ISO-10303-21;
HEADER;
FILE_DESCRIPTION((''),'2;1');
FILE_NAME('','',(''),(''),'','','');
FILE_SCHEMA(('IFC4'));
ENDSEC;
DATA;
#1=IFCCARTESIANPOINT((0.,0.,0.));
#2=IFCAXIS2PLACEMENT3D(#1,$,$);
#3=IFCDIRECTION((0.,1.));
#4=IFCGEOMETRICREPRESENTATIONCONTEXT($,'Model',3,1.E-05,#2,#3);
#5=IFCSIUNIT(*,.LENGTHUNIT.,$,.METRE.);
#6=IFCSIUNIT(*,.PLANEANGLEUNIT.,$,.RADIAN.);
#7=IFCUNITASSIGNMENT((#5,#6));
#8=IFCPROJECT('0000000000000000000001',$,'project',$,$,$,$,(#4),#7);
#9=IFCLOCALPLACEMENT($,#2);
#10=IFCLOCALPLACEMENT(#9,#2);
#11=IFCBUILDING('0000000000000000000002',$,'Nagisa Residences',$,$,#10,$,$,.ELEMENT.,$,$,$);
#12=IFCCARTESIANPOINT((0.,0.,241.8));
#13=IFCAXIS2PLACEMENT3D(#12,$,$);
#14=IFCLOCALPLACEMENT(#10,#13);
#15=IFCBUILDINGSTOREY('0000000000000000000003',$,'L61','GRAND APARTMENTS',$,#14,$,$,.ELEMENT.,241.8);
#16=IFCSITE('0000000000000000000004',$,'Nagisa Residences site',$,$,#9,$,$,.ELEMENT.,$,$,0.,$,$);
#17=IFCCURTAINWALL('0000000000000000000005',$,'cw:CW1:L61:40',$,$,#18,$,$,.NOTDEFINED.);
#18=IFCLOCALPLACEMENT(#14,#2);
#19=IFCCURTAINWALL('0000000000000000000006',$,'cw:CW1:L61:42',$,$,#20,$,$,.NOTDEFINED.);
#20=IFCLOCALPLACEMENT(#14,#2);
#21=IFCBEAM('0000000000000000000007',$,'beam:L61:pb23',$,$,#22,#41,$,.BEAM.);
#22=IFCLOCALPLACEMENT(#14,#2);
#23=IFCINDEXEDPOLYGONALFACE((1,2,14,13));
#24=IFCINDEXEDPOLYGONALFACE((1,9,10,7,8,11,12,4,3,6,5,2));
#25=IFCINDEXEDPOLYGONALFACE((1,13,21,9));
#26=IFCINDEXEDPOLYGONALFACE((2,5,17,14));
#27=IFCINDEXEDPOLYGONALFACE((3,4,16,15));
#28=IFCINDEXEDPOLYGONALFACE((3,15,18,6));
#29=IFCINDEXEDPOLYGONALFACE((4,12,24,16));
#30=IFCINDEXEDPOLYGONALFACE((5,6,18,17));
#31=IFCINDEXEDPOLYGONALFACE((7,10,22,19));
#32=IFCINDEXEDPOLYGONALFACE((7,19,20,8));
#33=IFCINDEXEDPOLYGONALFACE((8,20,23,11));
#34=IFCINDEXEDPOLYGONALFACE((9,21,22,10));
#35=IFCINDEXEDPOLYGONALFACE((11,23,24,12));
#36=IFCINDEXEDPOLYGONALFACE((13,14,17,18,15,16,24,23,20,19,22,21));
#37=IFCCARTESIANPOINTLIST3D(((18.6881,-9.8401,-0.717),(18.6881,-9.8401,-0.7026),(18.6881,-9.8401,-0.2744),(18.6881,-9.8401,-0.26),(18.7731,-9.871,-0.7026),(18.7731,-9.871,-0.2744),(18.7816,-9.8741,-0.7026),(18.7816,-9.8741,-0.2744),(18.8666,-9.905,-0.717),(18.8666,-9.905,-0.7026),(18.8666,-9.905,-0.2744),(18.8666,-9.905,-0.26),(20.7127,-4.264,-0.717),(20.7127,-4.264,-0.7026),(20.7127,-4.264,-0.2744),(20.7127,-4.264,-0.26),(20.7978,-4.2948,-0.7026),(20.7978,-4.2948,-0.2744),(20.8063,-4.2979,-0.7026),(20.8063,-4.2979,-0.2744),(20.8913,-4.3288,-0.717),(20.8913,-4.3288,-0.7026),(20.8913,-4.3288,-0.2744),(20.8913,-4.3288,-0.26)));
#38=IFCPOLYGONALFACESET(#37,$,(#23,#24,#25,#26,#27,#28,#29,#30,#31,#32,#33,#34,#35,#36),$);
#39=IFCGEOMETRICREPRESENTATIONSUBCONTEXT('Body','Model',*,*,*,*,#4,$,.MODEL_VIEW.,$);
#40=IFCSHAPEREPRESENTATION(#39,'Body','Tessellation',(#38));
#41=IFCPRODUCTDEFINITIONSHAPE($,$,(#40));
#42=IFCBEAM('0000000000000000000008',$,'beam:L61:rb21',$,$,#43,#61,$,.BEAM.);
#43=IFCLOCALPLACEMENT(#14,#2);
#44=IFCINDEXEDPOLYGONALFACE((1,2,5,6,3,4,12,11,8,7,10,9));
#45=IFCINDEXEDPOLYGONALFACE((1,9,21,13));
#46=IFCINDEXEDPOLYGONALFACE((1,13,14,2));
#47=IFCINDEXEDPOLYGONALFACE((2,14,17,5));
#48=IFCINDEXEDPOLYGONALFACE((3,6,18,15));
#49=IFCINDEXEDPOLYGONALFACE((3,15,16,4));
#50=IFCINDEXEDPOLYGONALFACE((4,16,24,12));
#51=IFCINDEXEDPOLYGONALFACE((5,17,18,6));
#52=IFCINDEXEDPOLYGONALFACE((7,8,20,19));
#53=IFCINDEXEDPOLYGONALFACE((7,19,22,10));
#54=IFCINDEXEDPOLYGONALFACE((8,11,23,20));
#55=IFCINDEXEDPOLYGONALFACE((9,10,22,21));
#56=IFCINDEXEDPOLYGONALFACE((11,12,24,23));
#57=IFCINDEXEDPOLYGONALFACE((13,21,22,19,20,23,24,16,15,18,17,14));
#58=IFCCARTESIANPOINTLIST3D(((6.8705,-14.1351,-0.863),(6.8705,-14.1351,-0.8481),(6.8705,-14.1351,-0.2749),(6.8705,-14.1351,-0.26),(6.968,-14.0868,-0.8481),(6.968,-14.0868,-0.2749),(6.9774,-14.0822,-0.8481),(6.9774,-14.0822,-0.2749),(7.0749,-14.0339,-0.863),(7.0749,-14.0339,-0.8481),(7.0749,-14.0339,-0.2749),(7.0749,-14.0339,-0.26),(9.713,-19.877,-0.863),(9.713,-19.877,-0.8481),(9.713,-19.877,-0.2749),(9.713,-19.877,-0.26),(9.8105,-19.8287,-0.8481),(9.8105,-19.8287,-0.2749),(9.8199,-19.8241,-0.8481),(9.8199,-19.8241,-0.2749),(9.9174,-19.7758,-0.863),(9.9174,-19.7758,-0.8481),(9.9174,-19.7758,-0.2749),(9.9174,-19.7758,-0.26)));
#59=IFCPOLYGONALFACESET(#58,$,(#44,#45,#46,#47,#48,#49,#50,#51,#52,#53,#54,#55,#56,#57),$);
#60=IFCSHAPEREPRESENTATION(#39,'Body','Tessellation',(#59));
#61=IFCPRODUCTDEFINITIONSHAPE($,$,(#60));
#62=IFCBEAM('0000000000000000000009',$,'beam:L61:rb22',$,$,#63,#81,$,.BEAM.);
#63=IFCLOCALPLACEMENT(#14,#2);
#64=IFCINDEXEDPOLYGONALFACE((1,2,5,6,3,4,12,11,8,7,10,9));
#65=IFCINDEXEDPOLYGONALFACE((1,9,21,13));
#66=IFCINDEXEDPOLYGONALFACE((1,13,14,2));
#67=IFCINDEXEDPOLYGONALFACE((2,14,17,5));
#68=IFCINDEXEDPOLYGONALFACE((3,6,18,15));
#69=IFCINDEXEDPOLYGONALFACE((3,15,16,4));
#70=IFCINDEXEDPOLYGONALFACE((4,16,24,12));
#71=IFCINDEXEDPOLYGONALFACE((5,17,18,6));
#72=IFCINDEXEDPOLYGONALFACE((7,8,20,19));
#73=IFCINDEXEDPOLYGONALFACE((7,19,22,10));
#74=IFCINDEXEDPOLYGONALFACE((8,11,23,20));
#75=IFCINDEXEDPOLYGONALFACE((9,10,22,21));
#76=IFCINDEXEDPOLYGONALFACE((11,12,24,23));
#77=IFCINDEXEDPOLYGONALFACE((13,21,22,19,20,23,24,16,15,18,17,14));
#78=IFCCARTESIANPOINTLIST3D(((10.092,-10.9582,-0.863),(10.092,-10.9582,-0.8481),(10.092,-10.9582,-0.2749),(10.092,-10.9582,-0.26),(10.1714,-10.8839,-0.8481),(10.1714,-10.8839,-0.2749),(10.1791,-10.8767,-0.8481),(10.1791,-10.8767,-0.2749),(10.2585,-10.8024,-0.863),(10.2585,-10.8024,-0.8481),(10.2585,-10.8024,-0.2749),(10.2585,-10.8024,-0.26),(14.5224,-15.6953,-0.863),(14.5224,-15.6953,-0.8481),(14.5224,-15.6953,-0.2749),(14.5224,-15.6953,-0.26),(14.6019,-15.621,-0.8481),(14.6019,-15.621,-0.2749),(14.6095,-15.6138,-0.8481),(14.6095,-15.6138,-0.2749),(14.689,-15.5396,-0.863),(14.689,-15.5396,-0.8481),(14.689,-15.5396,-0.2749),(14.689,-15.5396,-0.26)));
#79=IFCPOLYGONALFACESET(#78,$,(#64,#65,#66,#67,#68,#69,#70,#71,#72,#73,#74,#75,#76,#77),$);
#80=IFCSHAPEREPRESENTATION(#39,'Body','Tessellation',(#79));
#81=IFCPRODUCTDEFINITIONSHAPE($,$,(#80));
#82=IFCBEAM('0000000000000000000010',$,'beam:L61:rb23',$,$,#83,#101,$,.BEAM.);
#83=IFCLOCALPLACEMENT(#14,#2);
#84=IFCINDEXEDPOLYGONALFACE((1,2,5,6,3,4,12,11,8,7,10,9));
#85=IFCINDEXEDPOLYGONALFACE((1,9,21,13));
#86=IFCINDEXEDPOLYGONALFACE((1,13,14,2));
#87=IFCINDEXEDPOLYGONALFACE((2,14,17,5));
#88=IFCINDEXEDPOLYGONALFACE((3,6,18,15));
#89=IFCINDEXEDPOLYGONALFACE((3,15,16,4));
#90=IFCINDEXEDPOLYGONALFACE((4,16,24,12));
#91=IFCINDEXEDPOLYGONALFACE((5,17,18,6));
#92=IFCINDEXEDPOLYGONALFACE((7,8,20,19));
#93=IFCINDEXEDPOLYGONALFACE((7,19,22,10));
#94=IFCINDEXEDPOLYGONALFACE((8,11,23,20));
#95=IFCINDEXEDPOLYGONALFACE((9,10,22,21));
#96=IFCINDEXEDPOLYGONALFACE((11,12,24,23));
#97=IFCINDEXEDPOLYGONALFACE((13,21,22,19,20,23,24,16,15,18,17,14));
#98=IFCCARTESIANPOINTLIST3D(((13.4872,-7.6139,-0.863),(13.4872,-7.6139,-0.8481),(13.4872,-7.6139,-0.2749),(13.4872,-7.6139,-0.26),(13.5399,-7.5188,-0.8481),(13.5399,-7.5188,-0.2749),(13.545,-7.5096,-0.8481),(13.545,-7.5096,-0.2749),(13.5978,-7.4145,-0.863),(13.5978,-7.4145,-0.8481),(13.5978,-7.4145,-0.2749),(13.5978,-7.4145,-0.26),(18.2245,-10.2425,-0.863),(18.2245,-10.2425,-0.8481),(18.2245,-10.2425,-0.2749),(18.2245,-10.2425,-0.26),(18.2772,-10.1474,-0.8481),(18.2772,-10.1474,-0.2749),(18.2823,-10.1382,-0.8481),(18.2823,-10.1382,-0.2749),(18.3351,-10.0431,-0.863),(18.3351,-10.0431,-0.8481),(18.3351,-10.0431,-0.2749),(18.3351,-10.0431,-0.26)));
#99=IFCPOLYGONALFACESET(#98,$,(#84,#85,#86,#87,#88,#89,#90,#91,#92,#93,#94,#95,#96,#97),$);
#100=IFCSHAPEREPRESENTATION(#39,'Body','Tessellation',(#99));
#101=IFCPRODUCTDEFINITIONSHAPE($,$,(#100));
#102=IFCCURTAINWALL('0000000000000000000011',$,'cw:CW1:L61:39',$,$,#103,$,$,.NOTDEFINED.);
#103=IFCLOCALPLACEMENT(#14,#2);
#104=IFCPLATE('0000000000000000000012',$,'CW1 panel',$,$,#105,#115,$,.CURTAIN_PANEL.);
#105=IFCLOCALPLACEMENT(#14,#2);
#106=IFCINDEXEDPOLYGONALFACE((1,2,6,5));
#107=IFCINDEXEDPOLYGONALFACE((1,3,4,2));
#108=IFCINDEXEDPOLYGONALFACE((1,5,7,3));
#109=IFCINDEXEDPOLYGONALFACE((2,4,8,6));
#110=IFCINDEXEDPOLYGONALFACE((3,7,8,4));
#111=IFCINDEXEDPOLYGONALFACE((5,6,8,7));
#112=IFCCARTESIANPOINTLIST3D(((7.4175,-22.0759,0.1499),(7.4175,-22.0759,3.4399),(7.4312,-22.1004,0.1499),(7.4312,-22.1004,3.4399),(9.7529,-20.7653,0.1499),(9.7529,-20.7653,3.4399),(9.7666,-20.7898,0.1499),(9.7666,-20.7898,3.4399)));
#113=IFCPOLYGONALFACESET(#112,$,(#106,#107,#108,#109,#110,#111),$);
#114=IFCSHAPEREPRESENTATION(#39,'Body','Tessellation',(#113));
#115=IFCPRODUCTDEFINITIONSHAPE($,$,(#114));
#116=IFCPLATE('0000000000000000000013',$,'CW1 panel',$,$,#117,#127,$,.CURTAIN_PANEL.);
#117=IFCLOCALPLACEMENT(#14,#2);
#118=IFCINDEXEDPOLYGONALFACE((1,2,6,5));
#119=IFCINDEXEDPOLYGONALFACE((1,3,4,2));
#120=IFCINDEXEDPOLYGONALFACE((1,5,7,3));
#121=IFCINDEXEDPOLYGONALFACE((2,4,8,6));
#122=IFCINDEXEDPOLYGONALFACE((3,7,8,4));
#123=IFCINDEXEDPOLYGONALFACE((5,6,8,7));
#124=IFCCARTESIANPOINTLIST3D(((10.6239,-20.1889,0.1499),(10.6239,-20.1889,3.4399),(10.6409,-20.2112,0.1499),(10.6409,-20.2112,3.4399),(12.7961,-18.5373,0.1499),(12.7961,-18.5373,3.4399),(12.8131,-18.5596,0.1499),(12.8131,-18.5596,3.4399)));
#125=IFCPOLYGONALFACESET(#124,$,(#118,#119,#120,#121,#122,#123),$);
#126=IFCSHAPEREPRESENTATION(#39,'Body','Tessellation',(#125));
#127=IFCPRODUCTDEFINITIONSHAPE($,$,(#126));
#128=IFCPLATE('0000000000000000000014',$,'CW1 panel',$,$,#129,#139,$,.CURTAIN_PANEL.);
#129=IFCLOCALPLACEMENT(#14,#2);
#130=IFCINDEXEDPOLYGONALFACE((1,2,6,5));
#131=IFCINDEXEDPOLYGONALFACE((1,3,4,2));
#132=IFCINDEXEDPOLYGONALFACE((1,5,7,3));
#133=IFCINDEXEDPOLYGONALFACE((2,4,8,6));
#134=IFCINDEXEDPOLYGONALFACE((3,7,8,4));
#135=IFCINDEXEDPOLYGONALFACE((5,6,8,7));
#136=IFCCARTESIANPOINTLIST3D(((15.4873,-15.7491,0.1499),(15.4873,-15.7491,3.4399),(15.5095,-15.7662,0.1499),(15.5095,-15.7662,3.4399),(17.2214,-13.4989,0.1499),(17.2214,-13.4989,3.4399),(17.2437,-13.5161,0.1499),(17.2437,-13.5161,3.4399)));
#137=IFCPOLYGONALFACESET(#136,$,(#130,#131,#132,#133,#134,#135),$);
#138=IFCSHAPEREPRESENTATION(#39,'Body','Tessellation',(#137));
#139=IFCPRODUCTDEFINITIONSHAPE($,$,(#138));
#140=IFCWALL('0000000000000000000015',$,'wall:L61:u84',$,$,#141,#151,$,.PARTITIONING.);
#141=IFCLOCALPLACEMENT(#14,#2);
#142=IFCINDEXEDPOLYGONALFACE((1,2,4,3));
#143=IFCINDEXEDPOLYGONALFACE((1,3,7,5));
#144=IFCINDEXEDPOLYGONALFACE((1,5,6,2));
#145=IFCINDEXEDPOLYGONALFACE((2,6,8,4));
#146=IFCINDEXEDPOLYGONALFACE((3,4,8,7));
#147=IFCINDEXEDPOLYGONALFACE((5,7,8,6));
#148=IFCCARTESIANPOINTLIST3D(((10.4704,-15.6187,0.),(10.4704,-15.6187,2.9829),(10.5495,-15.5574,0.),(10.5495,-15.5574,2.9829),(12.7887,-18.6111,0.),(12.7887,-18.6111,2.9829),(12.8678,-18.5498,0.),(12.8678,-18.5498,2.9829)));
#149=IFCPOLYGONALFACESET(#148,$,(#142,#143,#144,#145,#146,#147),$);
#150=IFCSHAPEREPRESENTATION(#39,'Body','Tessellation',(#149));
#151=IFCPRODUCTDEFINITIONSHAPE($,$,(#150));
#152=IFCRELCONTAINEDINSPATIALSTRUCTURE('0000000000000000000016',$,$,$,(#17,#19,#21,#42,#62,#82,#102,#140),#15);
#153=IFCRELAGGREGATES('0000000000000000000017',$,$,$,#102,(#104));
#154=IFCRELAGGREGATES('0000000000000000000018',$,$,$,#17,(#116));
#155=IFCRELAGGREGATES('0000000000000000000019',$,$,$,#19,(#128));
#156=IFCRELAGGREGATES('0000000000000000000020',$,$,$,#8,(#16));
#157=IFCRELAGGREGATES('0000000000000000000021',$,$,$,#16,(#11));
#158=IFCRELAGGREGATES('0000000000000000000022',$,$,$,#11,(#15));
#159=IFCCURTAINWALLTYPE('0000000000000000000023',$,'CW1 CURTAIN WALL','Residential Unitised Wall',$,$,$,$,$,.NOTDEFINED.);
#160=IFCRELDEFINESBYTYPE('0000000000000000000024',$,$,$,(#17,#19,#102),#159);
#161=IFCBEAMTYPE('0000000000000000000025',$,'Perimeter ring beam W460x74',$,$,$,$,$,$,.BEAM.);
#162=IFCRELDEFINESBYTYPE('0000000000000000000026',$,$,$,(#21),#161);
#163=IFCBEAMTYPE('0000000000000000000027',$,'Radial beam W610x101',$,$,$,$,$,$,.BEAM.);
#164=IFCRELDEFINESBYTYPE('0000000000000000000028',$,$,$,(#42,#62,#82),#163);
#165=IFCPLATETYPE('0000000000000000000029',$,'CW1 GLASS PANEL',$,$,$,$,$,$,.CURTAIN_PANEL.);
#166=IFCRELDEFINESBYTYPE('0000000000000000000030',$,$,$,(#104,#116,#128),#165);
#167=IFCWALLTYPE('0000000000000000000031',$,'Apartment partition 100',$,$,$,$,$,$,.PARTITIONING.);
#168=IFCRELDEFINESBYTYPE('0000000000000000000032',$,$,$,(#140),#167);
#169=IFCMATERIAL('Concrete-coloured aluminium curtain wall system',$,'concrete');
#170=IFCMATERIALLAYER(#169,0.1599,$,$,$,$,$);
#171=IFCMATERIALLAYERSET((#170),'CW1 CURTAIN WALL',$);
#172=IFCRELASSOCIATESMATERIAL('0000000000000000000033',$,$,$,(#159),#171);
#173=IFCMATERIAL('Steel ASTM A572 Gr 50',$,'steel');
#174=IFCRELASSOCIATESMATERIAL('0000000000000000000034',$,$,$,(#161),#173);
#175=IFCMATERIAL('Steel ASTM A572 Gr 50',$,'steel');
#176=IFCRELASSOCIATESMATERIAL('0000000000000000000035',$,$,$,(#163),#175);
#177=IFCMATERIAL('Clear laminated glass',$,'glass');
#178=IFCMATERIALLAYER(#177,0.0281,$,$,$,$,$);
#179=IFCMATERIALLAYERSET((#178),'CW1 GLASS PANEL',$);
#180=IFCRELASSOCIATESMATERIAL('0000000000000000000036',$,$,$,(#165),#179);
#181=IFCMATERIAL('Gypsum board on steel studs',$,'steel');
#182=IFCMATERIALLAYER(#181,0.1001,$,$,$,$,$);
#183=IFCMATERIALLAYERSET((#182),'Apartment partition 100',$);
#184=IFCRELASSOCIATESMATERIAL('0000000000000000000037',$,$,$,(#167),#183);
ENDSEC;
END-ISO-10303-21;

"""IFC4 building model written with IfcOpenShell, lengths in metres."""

from ifc_helpers import new_model, si_unit, direction, frame, frame_2d, origin, origin_2d, place, context, subcontext, project, spatial, rectangle, i_section, extrude, material, layer, layer_set, material_profile, profile_set, type_object, element, aggregate, save


model = new_model("IFC4")

# Units and contexts
model_context = context("Model", 3, precision=1e-05, world=origin(), true_north=direction((0.0, 1.0)))
body_context = subcontext(model_context, "Body", "Model", "MODEL_VIEW")
ifc_project = project(units=[si_unit("LENGTHUNIT", "METRE"), si_unit("PLANEANGLEUNIT", "RADIAN")], contexts=[model_context])

# Site, building, storey
site_placement = place(None, origin())
site = spatial("IfcSite", under=ifc_project, at=site_placement, Name="Nagisa Residences site", CompositionType="ELEMENT", RefElevation=0.0)
building_placement = place(site_placement, origin())
building = spatial("IfcBuilding", under=site, at=building_placement, Name="Nagisa Residences", CompositionType="ELEMENT")
storey_placement = place(building_placement, frame((0.0, 0.0, 241.8)))
storey = spatial("IfcBuildingStorey", under=building, at=storey_placement, Name="L61", Description="GRAND APARTMENTS", CompositionType="ELEMENT", Elevation=241.8)

# Curtain walls
ifc_material_1 = material(Name="Concrete-coloured aluminium curtain wall system", Category="concrete")
ifc_layer_1 = layer(ifc_material_1, 0.1599)
ifc_layer_set_1 = layer_set([ifc_layer_1], Name="CW1 CURTAIN WALL")
curtain_wall_type = type_object("IfcCurtainWallType", Name="CW1 CURTAIN WALL", Description="Residential Unitised Wall", PredefinedType="NOTDEFINED", material=ifc_layer_set_1)
curtain_wall_1_placement = place(storey_placement, origin())
curtain_wall_1 = element("IfcCurtainWall", 1, at=curtain_wall_1_placement, inside=storey, type_object=curtain_wall_type, Name="cw:CW1:L61:40", PredefinedType="NOTDEFINED")
curtain_wall_2_placement = place(storey_placement, origin())
curtain_wall_2 = element("IfcCurtainWall", 2, at=curtain_wall_2_placement, inside=storey, type_object=curtain_wall_type, Name="cw:CW1:L61:42", PredefinedType="NOTDEFINED")

# Beams
ifc_material_2 = material(Name="Steel ASTM A572 Gr 50", Category="steel")
ifc_material_profile_1 = material_profile(ifc_material_2, i_section(OverallWidth=0.1899, OverallDepth=0.457, WebThickness=0.009, FlangeThickness=0.0144, at=origin_2d()), Name="W460x74")
ifc_profile_set_1 = profile_set([ifc_material_profile_1], Name="Steel ASTM A572 Gr 50")
beam_type_1 = type_object("IfcBeamType", Name="Perimeter ring beam W460x74", PredefinedType="BEAM", material=ifc_profile_set_1)
beam_1_placement = place(storey_placement, frame((18.7773, -9.8726, -0.4885), z_axis=(0.34129, 0.939958, 0.0), x_axis=(-0.939958, 0.34129, 0.0)))
element("IfcBeam", 3, at=beam_1_placement, inside=storey, type_object=beam_type_1, Name="beam:L61:pb23", PredefinedType="BEAM", context=body_context, shape_type="SweptSolid", body=[
    extrude(i_section(OverallWidth=0.1899, OverallDepth=0.457, WebThickness=0.009, FlangeThickness=0.0144, at=origin_2d()), origin(), (0.0, 0.0, 1.0), 5.9324),
])
ifc_material_3 = material(Name="Steel ASTM A572 Gr 50", Category="steel")
ifc_material_profile_2 = material_profile(ifc_material_3, i_section(OverallWidth=0.228, OverallDepth=0.603, WebThickness=0.0105, FlangeThickness=0.0149, at=origin_2d()), Name="W610x101")
ifc_profile_set_2 = profile_set([ifc_material_profile_2], Name="Steel ASTM A572 Gr 50")
beam_type_2 = type_object("IfcBeamType", Name="Radial beam W610x101", PredefinedType="BEAM", material=ifc_profile_set_2)
beam_2_placement = place(storey_placement, frame((9.8152, -19.8264, -0.5615), z_axis=(-0.443659, 0.896196, 0.0), x_axis=(-0.896196, -0.443659, 0.0)))
element("IfcBeam", 4, at=beam_2_placement, inside=storey, type_object=beam_type_2, Name="beam:L61:rb21", PredefinedType="BEAM", context=body_context, shape_type="SweptSolid", body=[
    extrude(i_section(OverallWidth=0.228, OverallDepth=0.603, WebThickness=0.0105, FlangeThickness=0.0149, at=origin_2d()), origin(), (0.0, 0.0, 1.0), 6.407),
])
beam_3_placement = place(storey_placement, frame((14.6057, -15.6174, -0.5615), z_axis=(-0.683073, 0.73035, 0.0), x_axis=(-0.73035, -0.683073, 0.0)))
element("IfcBeam", 5, at=beam_3_placement, inside=storey, type_object=beam_type_2, Name="beam:L61:rb22", PredefinedType="BEAM", context=body_context, shape_type="SweptSolid", body=[
    extrude(i_section(OverallWidth=0.228, OverallDepth=0.603, WebThickness=0.0105, FlangeThickness=0.0149, at=origin_2d()), origin(), (0.0, 0.0, 1.0), 6.4861),
])
beam_4_placement = place(storey_placement, frame((18.2798, -10.1428, -0.5615), z_axis=(-0.874406, 0.485195, 0.0), x_axis=(-0.485195, -0.874406, 0.0)))
element("IfcBeam", 6, at=beam_4_placement, inside=storey, type_object=beam_type_2, Name="beam:L61:rb23", PredefinedType="BEAM", context=body_context, shape_type="SweptSolid", body=[
    extrude(i_section(OverallWidth=0.228, OverallDepth=0.603, WebThickness=0.0105, FlangeThickness=0.0149, at=origin_2d()), origin(), (0.0, 0.0, 1.0), 5.4177),
])

# Curtain wall, plate
curtain_wall_3_placement = place(storey_placement, origin())
curtain_wall_3 = element("IfcCurtainWall", 7, at=curtain_wall_3_placement, inside=storey, type_object=curtain_wall_type, Name="cw:CW1:L61:39", PredefinedType="NOTDEFINED")
ifc_material_4 = material(Name="Clear laminated glass", Category="glass")
ifc_layer_2 = layer(ifc_material_4, 0.0281)
ifc_layer_set_2 = layer_set([ifc_layer_2], Name="CW1 GLASS PANEL")
plate_type = type_object("IfcPlateType", Name="CW1 GLASS PANEL", PredefinedType="CURTAIN_PANEL", material=ifc_layer_set_2)
plate_1_placement = place(storey_placement, frame((8.592, -21.4329, 0.1499), z_axis=(0.0, 0.0, 1.0), x_axis=(0.872072, 0.489377, 0.0)))
plate_1 = element("IfcPlate", 8, at=plate_1_placement, type_object=plate_type, Name="CW1 panel", PredefinedType="CURTAIN_PANEL", context=body_context, shape_type="SweptSolid", body=[
    extrude(rectangle(XDim=2.678, YDim=0.0281, at=origin_2d()), origin(), (0.0, 0.0, 1.0), 3.29),
])
aggregate(curtain_wall_3, [plate_1])

# Plates
plate_2_placement = place(storey_placement, frame((11.7185, -19.3743, 0.1499), z_axis=(0.0, 0.0, 1.0), x_axis=(0.796031, 0.605255, 0.0)))
plate_2 = element("IfcPlate", 9, at=plate_2_placement, type_object=plate_type, Name="CW1 panel", PredefinedType="CURTAIN_PANEL", context=body_context, shape_type="SweptSolid", body=[
    extrude(rectangle(XDim=2.7288, YDim=0.0281, at=origin_2d()), origin(), (0.0, 0.0, 1.0), 3.29),
])
aggregate(curtain_wall_1, [plate_2])
plate_3_placement = place(storey_placement, frame((16.3655, -14.6326, 0.1499), z_axis=(0.0, 0.0, 1.0), x_axis=(0.61043, 0.79207, 0.0)))
plate_3 = element("IfcPlate", 10, at=plate_3_placement, type_object=plate_type, Name="CW1 panel", PredefinedType="CURTAIN_PANEL", context=body_context, shape_type="SweptSolid", body=[
    extrude(rectangle(XDim=2.8408, YDim=0.0281, at=origin_2d()), origin(), (0.0, 0.0, 1.0), 3.29),
])
aggregate(curtain_wall_2, [plate_3])

# Wall
ifc_material_5 = material(Name="Gypsum board on steel studs", Category="steel")
ifc_layer_3 = layer(ifc_material_5, 0.1001)
ifc_layer_set_3 = layer_set([ifc_layer_3], Name="Apartment partition 100")
wall_type_1 = type_object("IfcWallType", Name="Apartment partition 100", PredefinedType="PARTITIONING", material=ifc_layer_set_3)
wall_1_placement = place(storey_placement, frame((10.51, -15.5881, 0.0), z_axis=(0.0, 0.0, 1.0), x_axis=(0.612444, -0.790514, 0.0)))
element("IfcWall", 11, at=wall_1_placement, inside=storey, type_object=wall_type_1, Name="wall:L61:u84", PredefinedType="PARTITIONING", context=body_context, shape_type="SweptSolid", body=[
    extrude(rectangle(XDim=3.7854, YDim=0.1001, at=frame_2d((1.8926, 0.0))), origin(), (0.0, 0.0, 1.0), 2.9829),
])

save(model, "model.ifc")
